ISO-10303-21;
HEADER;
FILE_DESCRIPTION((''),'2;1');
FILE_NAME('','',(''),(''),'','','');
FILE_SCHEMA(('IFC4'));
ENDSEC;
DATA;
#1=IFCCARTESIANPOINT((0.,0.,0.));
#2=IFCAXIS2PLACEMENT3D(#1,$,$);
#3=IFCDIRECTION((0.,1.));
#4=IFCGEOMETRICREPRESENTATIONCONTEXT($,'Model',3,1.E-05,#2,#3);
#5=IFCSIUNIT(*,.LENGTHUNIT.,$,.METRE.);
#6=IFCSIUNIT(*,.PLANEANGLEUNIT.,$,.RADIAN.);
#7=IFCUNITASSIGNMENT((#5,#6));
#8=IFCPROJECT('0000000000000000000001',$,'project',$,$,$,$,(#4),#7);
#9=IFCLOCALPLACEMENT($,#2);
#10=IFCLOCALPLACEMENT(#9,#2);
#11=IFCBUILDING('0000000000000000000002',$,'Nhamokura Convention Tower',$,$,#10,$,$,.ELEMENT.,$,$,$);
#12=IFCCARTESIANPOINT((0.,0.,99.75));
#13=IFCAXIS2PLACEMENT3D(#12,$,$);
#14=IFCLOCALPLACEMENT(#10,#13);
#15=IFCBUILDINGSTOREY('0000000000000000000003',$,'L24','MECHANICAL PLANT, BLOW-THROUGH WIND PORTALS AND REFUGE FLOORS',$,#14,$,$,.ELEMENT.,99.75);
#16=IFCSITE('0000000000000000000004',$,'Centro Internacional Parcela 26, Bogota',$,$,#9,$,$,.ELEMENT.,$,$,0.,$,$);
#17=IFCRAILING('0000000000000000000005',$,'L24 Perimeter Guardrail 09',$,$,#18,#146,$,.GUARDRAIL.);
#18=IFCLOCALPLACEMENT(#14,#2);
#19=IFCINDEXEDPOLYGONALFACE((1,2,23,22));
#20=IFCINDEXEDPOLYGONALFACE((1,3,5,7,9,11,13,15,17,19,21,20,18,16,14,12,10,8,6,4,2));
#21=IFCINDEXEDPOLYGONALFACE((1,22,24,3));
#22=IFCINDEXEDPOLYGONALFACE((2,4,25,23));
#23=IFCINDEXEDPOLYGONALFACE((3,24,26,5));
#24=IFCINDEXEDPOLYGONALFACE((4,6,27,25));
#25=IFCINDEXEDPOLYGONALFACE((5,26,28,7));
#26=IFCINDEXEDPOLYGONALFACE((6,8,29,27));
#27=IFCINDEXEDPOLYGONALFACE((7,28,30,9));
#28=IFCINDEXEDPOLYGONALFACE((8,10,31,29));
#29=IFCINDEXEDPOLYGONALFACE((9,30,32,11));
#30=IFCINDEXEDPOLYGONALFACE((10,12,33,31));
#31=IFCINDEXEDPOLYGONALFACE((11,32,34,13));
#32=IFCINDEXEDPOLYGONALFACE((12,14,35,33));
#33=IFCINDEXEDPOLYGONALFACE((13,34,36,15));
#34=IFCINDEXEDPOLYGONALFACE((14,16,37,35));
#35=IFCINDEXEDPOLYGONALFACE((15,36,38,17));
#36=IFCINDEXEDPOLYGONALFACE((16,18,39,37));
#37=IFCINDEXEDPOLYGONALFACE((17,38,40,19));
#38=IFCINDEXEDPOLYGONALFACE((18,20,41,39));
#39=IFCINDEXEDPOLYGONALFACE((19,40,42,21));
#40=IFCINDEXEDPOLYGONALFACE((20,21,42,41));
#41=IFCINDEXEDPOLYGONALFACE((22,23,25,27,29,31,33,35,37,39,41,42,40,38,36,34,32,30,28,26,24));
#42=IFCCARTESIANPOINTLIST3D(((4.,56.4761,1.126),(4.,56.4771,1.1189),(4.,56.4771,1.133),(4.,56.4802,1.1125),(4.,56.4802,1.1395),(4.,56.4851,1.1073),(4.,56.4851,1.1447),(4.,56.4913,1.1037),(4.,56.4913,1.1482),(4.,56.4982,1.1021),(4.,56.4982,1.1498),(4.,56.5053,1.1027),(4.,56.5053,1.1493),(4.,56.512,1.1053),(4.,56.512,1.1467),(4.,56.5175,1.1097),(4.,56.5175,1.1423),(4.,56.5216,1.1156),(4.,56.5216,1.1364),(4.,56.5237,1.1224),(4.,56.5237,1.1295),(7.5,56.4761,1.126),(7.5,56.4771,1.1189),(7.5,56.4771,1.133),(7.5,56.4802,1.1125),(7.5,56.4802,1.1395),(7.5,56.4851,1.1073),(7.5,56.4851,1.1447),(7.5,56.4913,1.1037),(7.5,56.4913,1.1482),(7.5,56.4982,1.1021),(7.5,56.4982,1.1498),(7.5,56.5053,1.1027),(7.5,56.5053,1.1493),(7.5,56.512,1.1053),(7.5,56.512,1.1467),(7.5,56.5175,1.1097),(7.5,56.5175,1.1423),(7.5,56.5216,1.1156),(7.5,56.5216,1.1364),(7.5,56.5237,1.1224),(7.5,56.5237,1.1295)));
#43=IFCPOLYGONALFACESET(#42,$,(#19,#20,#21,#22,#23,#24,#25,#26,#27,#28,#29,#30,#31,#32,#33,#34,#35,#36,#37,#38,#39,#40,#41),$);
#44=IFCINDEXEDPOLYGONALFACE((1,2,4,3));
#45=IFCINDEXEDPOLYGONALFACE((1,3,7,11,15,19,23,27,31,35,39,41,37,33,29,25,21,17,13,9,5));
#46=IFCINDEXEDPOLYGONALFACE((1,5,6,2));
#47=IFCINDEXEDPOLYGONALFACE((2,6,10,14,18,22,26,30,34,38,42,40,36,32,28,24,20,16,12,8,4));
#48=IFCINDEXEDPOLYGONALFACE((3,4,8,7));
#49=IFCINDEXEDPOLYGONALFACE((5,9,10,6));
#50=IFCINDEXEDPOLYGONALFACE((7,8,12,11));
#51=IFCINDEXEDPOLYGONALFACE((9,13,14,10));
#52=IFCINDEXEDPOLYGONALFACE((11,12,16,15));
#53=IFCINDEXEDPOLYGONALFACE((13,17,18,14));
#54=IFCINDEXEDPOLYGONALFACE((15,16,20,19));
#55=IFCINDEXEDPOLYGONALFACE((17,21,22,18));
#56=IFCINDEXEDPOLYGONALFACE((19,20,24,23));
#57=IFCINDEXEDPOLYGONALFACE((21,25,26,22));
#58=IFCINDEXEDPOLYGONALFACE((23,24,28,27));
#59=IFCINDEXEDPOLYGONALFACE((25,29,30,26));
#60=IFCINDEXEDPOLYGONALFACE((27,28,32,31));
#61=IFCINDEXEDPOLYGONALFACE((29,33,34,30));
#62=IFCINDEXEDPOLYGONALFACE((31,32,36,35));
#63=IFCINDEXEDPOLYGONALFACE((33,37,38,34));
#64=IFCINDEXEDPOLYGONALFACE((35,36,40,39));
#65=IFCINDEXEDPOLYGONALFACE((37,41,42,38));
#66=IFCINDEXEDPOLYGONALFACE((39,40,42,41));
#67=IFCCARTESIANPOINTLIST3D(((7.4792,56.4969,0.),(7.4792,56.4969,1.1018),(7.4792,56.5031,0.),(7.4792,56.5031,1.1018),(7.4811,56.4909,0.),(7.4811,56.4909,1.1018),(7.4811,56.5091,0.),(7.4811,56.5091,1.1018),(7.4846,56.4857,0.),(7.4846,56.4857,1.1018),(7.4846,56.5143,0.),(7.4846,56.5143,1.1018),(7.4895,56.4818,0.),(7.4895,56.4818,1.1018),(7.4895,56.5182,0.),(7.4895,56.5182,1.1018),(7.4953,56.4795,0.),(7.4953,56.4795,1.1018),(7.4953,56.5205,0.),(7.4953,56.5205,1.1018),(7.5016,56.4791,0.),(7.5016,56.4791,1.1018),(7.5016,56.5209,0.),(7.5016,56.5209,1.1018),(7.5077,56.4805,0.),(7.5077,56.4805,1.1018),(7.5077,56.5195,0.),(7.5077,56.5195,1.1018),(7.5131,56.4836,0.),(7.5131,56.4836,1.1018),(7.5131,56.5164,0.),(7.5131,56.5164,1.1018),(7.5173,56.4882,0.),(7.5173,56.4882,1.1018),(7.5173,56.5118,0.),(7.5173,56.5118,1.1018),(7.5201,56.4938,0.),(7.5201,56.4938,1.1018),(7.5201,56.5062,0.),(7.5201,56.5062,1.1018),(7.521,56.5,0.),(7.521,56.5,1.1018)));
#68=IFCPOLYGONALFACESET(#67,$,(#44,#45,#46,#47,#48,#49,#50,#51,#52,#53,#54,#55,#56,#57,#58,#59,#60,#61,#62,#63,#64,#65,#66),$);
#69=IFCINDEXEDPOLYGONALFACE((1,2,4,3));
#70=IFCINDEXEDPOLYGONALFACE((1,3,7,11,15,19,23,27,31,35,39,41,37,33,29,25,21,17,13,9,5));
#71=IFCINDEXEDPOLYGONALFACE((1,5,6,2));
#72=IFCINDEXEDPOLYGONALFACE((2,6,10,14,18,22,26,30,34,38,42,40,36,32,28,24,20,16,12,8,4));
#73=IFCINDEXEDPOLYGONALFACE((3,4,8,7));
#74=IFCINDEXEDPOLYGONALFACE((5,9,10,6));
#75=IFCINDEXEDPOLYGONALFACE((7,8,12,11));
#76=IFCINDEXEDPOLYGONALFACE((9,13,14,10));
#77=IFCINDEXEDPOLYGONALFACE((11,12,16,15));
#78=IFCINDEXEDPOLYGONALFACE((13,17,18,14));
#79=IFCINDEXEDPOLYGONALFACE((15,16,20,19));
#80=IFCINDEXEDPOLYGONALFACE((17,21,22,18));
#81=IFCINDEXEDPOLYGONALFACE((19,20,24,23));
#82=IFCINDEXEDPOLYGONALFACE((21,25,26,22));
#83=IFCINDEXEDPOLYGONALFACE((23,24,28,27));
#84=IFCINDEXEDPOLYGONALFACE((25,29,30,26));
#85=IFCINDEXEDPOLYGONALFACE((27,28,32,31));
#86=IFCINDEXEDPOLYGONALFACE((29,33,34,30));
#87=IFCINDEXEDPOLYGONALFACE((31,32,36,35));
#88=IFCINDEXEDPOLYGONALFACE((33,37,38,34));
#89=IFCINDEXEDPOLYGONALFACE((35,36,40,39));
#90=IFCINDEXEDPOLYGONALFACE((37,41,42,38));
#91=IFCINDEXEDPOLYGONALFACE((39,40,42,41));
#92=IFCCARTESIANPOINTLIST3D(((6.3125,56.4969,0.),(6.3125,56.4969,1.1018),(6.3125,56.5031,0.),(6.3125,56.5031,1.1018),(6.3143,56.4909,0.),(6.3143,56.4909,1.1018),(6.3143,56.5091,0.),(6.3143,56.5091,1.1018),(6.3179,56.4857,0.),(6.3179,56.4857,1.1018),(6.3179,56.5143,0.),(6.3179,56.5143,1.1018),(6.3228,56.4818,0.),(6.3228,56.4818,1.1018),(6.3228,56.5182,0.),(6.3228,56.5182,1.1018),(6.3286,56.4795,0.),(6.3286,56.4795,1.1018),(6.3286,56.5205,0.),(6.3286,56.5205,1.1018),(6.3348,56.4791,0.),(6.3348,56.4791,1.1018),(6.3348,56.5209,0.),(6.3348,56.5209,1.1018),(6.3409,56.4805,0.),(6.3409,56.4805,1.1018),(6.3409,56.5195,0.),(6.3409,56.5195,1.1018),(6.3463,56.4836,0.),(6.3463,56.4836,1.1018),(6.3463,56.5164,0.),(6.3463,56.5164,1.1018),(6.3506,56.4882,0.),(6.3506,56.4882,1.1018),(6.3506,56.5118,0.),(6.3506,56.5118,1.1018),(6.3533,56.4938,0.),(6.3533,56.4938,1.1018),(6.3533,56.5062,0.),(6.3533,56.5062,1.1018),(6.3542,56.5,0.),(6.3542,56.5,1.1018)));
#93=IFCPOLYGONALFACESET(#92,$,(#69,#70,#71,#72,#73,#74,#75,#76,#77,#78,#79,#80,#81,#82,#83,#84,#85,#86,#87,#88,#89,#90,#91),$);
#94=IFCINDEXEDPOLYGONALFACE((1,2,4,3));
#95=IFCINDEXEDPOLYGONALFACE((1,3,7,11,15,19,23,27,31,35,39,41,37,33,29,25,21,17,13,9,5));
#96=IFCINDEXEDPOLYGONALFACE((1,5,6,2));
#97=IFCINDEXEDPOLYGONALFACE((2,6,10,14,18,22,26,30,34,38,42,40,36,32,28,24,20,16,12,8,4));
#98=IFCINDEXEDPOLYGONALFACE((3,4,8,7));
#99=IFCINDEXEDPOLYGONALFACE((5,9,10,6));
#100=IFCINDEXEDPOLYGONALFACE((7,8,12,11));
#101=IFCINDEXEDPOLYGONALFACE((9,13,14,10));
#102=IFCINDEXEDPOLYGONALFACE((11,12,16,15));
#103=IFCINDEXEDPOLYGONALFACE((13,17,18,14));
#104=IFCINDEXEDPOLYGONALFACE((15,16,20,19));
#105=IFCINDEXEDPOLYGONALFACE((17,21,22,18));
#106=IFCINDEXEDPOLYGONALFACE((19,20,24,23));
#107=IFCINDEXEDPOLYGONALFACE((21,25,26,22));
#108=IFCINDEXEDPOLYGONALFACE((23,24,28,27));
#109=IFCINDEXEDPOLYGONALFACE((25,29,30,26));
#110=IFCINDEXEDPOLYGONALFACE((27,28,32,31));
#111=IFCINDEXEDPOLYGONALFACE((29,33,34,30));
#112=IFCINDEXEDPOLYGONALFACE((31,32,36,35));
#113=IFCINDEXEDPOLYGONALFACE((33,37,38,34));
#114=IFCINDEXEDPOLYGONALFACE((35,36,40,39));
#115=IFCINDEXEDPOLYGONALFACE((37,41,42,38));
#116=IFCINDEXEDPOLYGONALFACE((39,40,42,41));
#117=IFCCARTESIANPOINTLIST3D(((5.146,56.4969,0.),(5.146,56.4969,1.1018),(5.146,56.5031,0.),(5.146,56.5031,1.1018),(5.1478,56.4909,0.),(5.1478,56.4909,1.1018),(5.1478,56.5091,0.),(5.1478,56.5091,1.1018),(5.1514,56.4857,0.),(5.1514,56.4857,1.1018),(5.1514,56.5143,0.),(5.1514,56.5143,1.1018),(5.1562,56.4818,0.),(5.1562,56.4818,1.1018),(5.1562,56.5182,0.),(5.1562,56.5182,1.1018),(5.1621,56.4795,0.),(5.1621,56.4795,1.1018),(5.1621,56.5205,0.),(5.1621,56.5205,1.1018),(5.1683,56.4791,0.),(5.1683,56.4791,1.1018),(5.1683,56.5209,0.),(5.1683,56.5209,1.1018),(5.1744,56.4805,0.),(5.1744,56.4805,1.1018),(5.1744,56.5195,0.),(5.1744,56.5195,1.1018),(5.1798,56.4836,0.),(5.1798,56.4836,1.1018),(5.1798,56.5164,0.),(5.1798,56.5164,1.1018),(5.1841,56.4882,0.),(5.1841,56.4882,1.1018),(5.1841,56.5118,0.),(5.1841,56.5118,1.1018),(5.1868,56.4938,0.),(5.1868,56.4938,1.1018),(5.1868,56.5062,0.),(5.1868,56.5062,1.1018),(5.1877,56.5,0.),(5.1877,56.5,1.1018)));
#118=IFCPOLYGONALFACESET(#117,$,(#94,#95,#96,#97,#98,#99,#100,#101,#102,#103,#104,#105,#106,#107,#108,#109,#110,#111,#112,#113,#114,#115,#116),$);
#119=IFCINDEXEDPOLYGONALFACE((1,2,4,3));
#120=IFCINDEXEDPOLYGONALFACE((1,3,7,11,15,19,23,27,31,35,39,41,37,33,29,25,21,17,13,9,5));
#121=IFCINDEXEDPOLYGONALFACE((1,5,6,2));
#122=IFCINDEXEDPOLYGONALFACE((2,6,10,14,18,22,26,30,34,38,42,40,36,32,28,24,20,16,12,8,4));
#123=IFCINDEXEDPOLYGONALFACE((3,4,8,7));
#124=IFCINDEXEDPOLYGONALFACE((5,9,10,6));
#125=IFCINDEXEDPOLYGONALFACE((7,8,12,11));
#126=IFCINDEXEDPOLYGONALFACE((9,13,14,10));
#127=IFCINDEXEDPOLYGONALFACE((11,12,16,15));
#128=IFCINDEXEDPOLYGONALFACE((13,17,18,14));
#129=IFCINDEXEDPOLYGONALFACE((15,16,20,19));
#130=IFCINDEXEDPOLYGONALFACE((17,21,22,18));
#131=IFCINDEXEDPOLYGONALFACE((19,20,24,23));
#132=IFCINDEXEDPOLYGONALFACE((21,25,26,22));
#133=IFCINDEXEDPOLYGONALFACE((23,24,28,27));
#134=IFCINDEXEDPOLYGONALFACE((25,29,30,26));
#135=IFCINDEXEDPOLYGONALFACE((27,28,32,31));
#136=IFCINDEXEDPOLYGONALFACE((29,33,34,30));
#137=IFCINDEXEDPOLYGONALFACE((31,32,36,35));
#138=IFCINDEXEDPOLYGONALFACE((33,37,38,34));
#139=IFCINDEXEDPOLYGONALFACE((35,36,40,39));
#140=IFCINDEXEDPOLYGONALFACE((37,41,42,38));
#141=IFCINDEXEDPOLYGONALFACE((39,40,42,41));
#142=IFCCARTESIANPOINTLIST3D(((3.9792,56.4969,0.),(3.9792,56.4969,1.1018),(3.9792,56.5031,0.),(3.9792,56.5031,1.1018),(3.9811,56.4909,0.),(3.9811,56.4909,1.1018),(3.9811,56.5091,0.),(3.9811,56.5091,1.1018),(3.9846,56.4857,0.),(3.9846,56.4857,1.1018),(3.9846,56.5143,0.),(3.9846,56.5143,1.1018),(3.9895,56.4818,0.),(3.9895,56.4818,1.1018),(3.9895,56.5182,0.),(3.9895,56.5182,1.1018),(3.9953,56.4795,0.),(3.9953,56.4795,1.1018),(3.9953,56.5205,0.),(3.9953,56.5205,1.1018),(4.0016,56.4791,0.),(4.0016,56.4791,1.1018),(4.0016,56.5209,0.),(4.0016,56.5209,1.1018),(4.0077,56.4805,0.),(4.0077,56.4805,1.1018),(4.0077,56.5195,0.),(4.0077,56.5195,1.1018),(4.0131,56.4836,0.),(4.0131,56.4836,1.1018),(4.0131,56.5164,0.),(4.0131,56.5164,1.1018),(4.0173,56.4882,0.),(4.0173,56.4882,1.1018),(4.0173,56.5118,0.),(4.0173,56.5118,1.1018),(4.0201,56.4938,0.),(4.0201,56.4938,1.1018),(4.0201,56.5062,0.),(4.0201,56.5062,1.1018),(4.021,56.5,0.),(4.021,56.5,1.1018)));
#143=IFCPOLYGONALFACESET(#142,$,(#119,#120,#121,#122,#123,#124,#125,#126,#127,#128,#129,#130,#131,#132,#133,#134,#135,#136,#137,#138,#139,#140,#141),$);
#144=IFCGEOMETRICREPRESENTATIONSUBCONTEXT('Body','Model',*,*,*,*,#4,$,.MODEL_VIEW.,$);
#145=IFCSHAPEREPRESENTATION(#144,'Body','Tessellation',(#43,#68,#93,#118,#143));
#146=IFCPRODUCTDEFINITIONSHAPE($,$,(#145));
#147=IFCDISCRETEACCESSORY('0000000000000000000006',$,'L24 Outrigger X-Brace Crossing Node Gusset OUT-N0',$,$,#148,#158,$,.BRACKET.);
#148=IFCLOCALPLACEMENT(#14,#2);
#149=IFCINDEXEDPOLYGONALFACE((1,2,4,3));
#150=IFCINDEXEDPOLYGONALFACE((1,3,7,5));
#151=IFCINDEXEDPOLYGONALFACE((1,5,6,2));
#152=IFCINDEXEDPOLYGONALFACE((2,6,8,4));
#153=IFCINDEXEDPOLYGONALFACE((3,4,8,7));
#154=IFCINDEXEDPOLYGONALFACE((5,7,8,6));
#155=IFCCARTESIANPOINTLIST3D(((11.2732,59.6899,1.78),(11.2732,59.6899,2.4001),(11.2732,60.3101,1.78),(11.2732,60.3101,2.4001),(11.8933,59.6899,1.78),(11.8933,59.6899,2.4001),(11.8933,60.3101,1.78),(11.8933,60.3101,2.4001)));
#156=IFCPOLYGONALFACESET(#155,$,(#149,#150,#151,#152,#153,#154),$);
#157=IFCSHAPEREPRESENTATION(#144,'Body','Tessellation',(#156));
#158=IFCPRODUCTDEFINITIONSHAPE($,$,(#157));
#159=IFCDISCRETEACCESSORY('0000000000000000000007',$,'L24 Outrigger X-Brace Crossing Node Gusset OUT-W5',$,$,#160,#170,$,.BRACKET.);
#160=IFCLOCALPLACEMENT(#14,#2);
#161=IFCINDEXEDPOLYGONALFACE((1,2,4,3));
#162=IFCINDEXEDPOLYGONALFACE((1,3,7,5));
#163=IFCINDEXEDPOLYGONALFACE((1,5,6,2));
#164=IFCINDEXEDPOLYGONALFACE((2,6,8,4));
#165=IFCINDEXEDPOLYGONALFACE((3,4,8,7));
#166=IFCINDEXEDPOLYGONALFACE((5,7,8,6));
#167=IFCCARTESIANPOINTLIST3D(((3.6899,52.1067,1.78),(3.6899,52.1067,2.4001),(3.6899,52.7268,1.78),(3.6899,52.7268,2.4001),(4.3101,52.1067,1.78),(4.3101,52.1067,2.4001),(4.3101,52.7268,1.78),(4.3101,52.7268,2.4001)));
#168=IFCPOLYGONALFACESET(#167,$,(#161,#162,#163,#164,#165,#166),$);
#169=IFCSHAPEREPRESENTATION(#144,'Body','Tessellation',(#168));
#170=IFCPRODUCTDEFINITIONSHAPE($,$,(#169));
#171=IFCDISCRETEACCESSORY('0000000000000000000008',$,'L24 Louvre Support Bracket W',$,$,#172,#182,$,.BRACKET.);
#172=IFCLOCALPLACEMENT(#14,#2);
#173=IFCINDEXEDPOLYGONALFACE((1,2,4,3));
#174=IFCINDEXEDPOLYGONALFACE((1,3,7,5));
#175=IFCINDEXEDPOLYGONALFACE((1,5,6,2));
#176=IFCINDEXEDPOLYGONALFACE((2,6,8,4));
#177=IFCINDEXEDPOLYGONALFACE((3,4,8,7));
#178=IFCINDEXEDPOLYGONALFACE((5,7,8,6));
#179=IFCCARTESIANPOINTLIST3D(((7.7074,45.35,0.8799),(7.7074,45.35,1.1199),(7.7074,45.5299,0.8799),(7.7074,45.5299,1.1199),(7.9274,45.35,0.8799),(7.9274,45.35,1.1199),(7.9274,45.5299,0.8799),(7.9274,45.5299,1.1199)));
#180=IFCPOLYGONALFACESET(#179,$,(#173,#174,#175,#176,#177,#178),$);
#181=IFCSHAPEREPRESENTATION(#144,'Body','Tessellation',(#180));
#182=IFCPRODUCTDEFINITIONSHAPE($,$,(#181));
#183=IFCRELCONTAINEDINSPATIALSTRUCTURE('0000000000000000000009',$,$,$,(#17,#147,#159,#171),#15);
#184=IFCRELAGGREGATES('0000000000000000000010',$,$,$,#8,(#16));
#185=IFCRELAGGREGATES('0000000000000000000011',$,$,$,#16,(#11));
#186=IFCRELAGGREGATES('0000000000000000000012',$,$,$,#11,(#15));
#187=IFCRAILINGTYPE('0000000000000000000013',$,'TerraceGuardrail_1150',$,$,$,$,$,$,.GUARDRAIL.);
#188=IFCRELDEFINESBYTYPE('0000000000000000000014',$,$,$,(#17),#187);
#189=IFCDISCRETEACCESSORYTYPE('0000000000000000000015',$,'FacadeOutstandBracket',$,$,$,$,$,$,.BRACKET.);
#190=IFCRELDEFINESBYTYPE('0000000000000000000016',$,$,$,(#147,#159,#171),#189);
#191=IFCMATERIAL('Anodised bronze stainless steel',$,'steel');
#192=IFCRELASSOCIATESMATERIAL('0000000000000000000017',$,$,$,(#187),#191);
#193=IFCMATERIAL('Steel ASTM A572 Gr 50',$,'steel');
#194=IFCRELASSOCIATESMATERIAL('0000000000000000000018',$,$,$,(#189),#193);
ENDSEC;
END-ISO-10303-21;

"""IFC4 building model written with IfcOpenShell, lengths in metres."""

from ifc_helpers import new_model, si_unit, direction, frame, origin, origin_2d, place, context, subcontext, project, spatial, rectangle, circle, extrude, material, type_object, element, save


model = new_model("IFC4")

# Units and contexts
model_context = context("Model", 3, precision=1e-05, world=origin(), true_north=direction((0.0, 1.0)))
body_context = subcontext(model_context, "Body", "Model", "MODEL_VIEW")
ifc_project = project(units=[si_unit("LENGTHUNIT", "METRE"), si_unit("PLANEANGLEUNIT", "RADIAN")], contexts=[model_context])

# Site, building, storey
site_placement = place(None, origin())
site = spatial("IfcSite", under=ifc_project, at=site_placement, Name="Centro Internacional Parcela 26, Bogota", CompositionType="ELEMENT", RefElevation=0.0)
building_placement = place(site_placement, origin())
building = spatial("IfcBuilding", under=site, at=building_placement, Name="Nhamokura Convention Tower", CompositionType="ELEMENT")
storey_placement = place(building_placement, frame((0.0, 0.0, 99.75)))
storey = spatial("IfcBuildingStorey", under=building, at=storey_placement, Name="L24", Description="MECHANICAL PLANT, BLOW-THROUGH WIND PORTALS AND REFUGE FLOORS", CompositionType="ELEMENT", Elevation=99.75)

# Railing
ifc_material_1 = material(Name="Anodised bronze stainless steel", Category="steel")
railing_type = type_object("IfcRailingType", Name="TerraceGuardrail_1150", PredefinedType="GUARDRAIL", material=ifc_material_1)
railing_1_placement = place(storey_placement, frame((7.5, 56.5, 0.0)))
element("IfcRailing", 1, at=railing_1_placement, inside=storey, type_object=railing_type, Name="L24 Perimeter Guardrail 09", PredefinedType="GUARDRAIL", context=body_context, shape_type="SweptSolid", body=[
    extrude(circle(Radius=0.0239, at=origin_2d()), frame((0.0, 0.0, 1.126), z_axis=(-1.0, 0.0, 0.0), x_axis=(0.0, -1.0, 0.0)), (0.0, 0.0, 1.0), 3.5),
    extrude(circle(Radius=0.021, at=origin_2d()), origin(), (0.0, 0.0, 1.0), 1.1018),
    extrude(circle(Radius=0.021, at=origin_2d()), frame((-1.1667, 0.0, 0.0)), (0.0, 0.0, 1.0), 1.1018),
    extrude(circle(Radius=0.021, at=origin_2d()), frame((-2.3333, 0.0, 0.0)), (0.0, 0.0, 1.0), 1.1018),
    extrude(circle(Radius=0.021, at=origin_2d()), frame((-3.5, 0.0, 0.0)), (0.0, 0.0, 1.0), 1.1018),
])

# Discrete accessories
ifc_material_2 = material(Name="Steel ASTM A572 Gr 50", Category="steel")
discrete_accessory_type = type_object("IfcDiscreteAccessoryType", Name="FacadeOutstandBracket", PredefinedType="BRACKET", material=ifc_material_2)
for number, where, z_axis, x_axis, name in (
    (2, (11.5833, 60.0, 1.78), (0.0, 0.0, 1.0), (1.0, 0.0, 0.0), "L24 Outrigger X-Brace Crossing Node Gusset OUT-N0"),
    (3, (4.0, 52.4167, 1.78), (0.0, 0.0, 1.0), (1.0, 0.0, 0.0), "L24 Outrigger X-Brace Crossing Node Gusset OUT-W5"),
):
    element("IfcDiscreteAccessory", number, at=place(storey_placement, frame(where, z_axis=z_axis, x_axis=x_axis)), inside=storey, type_object=discrete_accessory_type, Name=name, PredefinedType="BRACKET", context=body_context, shape_type="SweptSolid", body=[
        extrude(rectangle(XDim=0.6201, YDim=0.6201, at=origin_2d()), origin(), (0.0, 0.0, 1.0), 0.6201),
    ])
discrete_accessory_placement = place(storey_placement, frame((7.8174, 45.4399, 0.8799), z_axis=(0.0, 0.0, 1.0), x_axis=(0.0, 1.0, 0.0)))
element("IfcDiscreteAccessory", 4, at=discrete_accessory_placement, inside=storey, type_object=discrete_accessory_type, Name="L24 Louvre Support Bracket W", PredefinedType="BRACKET", context=body_context, shape_type="SweptSolid", body=[
    extrude(rectangle(XDim=0.1799, YDim=0.22, at=origin_2d()), origin(), (0.0, 0.0, 1.0), 0.24),
])

save(model, "model.ifc")
